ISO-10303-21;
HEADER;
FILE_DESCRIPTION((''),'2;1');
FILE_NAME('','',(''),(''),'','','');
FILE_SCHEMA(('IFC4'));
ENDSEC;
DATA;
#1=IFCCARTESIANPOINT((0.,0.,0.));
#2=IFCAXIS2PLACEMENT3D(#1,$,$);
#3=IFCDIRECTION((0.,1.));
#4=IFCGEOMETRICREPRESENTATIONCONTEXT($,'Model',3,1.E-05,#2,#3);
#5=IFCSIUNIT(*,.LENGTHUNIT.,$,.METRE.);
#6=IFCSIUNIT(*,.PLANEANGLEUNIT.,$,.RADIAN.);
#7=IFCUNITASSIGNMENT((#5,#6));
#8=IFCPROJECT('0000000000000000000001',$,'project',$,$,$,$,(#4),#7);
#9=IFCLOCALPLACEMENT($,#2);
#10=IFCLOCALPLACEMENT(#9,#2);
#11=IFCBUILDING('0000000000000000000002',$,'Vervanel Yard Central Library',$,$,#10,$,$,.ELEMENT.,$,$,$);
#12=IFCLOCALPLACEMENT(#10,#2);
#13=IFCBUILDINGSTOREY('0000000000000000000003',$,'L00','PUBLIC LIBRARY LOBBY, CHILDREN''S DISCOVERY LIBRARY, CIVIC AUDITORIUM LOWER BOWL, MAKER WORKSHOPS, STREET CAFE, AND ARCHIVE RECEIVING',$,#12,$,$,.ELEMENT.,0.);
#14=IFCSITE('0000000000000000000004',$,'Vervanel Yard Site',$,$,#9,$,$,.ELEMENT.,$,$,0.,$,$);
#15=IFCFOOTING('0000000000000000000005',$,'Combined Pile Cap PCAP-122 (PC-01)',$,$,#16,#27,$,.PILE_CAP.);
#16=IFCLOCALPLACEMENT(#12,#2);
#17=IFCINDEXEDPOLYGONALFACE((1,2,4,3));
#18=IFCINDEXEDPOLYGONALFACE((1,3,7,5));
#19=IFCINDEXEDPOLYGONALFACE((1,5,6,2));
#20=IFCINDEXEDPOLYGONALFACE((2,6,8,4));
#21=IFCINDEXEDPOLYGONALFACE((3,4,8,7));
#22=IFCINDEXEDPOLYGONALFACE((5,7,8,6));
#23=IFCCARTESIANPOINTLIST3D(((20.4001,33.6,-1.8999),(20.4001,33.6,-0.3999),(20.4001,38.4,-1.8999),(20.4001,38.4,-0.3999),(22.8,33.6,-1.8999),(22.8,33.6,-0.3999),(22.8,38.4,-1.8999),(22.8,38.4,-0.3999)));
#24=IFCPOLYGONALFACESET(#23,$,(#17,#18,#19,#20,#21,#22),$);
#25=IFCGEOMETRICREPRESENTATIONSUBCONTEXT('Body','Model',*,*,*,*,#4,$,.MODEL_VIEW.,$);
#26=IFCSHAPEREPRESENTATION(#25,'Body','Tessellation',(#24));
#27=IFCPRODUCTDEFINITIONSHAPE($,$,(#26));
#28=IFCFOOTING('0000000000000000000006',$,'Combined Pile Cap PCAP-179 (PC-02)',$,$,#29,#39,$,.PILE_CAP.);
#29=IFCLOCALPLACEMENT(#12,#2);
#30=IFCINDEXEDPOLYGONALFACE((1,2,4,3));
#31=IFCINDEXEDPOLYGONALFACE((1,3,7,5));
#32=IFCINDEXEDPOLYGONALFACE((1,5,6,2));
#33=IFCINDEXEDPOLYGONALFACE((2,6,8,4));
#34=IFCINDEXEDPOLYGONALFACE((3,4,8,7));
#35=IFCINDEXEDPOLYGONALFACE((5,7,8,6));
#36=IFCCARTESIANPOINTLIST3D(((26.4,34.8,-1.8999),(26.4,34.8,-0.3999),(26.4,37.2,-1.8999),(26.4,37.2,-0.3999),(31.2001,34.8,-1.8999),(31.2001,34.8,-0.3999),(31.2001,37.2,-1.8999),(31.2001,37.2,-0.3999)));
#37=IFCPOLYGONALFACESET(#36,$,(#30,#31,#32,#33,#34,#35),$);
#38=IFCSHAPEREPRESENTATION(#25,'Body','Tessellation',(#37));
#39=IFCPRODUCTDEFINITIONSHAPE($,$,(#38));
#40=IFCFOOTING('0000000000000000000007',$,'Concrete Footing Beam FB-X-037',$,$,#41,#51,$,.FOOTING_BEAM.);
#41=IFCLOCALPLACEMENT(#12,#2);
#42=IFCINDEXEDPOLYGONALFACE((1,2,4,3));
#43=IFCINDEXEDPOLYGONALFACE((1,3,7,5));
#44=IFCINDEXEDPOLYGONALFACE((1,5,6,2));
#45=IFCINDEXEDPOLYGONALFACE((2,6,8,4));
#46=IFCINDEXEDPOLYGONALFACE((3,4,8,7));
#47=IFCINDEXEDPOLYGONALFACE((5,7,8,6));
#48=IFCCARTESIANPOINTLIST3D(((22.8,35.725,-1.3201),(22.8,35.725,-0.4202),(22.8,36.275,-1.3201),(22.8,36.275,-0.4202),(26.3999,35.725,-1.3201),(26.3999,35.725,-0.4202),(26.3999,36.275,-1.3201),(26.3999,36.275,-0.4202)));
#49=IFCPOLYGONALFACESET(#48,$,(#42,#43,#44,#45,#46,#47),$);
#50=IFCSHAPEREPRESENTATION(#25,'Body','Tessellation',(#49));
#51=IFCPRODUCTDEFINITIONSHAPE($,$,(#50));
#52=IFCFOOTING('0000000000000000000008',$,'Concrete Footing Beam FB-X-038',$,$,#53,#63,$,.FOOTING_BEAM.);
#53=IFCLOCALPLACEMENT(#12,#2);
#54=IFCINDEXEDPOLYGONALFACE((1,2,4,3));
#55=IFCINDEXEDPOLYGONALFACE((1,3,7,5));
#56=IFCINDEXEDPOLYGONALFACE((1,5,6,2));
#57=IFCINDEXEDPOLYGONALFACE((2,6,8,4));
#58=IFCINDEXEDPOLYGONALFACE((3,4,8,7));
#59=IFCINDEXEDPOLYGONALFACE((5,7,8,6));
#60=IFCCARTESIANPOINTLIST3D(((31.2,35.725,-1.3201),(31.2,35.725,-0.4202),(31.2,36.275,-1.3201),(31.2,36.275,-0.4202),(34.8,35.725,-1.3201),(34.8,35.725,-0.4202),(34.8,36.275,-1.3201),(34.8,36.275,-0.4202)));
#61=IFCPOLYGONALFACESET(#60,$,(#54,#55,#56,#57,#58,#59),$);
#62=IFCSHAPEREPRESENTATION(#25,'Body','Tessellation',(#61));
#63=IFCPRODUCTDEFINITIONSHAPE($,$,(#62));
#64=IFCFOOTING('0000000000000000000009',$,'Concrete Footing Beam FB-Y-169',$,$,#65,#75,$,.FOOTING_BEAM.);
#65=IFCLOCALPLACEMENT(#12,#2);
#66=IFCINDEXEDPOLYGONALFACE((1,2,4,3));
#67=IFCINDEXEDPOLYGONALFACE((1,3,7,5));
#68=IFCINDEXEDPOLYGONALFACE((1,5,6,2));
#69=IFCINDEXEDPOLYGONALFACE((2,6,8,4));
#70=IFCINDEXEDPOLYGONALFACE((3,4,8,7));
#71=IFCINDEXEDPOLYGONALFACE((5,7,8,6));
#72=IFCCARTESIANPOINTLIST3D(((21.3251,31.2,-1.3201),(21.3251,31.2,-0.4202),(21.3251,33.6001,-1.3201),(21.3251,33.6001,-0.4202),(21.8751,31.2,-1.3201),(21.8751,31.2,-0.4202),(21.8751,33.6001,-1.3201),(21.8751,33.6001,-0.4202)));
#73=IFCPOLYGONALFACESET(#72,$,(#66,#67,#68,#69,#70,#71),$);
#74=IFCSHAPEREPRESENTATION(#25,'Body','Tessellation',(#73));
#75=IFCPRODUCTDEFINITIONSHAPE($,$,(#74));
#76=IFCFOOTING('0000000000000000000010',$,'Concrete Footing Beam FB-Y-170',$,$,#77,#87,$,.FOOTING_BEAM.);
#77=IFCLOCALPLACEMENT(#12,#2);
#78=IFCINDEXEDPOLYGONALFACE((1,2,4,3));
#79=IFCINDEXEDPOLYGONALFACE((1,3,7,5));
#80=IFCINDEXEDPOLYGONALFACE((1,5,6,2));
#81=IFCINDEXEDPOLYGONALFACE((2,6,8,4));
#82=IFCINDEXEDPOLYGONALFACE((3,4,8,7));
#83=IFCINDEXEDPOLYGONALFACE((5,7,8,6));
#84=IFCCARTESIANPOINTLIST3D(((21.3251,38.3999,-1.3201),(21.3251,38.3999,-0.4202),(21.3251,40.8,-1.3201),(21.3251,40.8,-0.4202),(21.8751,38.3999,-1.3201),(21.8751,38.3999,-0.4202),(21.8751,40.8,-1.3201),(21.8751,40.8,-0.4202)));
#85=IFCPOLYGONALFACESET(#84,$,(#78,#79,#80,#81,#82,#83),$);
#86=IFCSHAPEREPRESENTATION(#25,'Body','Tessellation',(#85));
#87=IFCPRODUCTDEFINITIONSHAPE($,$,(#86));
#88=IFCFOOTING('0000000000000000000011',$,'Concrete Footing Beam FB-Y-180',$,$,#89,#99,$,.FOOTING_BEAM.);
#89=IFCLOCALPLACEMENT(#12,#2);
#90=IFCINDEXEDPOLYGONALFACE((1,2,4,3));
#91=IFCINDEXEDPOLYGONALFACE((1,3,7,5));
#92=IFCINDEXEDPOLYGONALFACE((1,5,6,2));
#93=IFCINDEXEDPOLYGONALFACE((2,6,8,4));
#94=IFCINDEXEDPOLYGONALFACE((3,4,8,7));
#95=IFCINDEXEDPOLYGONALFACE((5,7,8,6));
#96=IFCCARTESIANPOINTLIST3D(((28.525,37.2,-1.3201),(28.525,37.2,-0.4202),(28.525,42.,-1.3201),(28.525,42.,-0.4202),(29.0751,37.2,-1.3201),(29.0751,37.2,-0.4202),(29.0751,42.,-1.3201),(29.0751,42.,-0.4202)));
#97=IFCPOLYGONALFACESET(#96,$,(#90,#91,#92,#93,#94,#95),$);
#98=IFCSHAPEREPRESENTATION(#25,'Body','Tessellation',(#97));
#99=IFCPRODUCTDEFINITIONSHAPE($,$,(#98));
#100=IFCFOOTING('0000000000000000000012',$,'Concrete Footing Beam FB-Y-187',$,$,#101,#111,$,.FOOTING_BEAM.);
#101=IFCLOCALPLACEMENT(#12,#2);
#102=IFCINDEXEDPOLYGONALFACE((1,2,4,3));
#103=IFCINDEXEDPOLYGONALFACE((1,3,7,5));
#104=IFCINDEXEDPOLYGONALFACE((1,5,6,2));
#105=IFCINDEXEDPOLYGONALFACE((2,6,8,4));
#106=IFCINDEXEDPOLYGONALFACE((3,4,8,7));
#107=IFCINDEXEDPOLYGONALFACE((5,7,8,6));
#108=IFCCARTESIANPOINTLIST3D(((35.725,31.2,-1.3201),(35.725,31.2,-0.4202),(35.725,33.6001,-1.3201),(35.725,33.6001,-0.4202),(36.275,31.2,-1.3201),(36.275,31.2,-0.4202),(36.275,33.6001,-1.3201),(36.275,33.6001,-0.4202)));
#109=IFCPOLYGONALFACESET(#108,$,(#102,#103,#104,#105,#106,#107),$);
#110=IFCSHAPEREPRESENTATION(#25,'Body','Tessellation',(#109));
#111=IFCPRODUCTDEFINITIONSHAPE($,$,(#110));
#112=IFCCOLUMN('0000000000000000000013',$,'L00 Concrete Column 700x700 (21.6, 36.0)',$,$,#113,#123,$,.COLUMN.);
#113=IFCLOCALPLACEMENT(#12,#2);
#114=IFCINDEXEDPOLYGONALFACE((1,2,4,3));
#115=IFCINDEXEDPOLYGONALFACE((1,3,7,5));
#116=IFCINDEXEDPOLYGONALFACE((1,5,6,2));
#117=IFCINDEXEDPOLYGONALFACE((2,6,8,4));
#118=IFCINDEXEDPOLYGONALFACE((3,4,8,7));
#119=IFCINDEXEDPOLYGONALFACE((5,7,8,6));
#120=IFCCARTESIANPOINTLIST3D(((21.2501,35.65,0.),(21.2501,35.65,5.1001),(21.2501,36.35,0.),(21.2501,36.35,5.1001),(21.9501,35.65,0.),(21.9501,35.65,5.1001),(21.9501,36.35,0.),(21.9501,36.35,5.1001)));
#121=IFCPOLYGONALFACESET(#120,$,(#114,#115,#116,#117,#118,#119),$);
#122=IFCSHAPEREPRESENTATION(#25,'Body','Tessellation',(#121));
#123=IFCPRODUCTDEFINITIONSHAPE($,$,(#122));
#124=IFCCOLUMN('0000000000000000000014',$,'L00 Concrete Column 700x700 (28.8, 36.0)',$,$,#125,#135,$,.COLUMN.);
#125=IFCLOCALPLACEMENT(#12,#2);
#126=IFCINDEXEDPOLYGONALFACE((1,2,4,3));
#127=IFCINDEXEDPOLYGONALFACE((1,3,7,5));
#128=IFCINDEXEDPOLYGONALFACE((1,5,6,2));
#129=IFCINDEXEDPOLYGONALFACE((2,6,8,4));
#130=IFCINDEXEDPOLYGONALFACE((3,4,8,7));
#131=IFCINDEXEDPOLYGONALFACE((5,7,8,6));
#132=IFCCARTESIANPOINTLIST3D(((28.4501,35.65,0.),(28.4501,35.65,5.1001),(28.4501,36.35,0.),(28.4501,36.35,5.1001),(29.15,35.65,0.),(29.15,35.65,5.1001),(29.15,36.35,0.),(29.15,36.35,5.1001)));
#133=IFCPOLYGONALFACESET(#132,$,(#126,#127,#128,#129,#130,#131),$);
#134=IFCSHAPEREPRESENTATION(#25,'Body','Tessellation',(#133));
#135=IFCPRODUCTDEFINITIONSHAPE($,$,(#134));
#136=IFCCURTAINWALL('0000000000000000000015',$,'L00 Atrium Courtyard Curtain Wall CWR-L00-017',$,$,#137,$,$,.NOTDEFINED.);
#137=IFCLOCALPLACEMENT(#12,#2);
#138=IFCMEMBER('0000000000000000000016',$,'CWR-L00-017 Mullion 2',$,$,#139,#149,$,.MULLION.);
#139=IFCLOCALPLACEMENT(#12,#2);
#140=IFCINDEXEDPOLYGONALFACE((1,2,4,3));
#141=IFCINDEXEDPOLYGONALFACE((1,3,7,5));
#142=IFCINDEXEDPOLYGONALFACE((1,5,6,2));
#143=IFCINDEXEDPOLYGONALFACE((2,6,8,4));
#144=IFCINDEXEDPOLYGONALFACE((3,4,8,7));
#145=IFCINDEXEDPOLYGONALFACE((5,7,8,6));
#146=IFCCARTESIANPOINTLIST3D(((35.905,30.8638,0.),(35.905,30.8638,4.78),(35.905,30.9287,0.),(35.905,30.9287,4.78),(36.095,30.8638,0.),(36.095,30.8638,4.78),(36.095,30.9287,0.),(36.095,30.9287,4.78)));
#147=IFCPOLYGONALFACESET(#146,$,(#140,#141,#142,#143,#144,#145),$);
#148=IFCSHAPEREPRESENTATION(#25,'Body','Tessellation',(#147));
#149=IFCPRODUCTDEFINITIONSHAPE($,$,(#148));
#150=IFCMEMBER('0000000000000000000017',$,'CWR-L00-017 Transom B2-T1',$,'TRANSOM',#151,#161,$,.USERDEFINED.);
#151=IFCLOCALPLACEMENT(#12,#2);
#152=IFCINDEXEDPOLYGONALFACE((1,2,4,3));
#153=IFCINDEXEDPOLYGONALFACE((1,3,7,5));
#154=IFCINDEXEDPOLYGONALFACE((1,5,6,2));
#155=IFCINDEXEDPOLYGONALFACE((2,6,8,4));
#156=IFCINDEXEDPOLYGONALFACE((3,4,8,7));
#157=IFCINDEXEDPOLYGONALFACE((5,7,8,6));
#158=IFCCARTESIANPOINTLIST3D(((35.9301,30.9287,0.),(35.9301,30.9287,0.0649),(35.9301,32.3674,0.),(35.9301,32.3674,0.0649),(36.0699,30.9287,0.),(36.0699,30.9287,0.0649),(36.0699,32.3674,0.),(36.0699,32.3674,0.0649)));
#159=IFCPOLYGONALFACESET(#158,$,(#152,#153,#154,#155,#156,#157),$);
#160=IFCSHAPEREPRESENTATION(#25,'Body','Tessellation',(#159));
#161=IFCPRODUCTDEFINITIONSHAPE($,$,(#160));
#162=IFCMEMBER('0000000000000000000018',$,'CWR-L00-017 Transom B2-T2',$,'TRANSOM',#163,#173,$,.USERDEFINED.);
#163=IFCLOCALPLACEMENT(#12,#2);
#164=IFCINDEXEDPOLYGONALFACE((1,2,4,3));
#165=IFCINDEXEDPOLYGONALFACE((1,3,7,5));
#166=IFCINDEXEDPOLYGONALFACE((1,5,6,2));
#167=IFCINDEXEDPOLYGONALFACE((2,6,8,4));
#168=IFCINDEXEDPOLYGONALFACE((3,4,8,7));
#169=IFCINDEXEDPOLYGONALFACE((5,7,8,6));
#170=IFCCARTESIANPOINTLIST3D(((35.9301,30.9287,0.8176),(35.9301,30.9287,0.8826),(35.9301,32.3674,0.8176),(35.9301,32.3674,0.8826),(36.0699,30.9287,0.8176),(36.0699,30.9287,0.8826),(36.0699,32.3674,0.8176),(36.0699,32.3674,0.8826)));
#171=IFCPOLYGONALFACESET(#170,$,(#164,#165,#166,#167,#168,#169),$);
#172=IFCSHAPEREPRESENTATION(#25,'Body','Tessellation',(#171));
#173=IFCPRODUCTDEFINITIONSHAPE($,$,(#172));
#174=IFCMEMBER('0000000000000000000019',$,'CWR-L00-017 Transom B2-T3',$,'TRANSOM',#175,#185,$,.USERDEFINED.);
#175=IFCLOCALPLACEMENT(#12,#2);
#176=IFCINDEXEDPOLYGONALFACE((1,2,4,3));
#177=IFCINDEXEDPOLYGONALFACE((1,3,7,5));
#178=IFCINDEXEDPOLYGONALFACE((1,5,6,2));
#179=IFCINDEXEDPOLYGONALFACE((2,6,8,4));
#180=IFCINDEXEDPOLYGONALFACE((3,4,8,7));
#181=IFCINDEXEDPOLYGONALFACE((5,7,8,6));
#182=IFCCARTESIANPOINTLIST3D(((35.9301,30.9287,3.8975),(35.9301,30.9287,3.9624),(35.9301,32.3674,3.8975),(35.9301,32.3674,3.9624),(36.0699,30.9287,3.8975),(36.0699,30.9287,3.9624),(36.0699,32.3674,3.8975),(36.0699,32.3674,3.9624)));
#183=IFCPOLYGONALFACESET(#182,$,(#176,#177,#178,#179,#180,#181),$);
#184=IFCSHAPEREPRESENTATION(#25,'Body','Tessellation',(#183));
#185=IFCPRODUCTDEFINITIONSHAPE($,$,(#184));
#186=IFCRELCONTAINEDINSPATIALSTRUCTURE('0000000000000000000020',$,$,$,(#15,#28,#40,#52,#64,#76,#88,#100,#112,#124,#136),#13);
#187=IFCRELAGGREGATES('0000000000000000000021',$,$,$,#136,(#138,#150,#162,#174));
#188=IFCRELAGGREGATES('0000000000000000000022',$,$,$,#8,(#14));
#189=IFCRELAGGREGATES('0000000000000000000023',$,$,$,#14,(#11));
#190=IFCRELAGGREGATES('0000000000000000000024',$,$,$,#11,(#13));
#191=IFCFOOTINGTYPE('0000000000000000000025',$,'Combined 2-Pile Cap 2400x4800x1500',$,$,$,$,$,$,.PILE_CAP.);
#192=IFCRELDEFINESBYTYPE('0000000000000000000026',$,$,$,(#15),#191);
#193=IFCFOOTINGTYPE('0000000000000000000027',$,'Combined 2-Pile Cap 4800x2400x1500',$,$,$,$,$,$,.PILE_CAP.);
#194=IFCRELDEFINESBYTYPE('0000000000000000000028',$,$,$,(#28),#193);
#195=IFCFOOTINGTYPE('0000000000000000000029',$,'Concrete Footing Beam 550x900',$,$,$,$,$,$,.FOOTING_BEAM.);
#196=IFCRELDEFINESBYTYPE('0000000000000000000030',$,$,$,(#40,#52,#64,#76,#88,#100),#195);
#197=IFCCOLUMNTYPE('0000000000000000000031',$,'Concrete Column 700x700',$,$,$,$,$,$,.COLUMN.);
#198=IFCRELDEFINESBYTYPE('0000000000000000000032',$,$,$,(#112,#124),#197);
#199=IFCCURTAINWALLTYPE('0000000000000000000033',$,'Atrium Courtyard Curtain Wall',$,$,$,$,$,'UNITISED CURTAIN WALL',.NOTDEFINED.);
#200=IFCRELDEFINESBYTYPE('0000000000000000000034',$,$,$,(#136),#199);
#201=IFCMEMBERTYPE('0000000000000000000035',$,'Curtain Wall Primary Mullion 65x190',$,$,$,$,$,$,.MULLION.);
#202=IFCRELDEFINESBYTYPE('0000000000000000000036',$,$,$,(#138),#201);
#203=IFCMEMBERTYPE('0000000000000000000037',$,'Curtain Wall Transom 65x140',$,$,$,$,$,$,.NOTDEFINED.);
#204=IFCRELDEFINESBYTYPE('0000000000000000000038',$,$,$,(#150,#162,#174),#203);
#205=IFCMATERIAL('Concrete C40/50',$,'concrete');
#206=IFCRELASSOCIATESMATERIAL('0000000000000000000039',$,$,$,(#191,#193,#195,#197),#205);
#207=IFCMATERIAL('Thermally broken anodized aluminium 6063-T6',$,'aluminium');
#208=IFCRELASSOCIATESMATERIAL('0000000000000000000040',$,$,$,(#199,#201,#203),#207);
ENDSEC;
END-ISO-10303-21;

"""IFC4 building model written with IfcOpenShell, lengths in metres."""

from ifc_helpers import new_model, si_unit, direction, frame, origin, origin_2d, place, context, subcontext, project, spatial, rectangle, extrude, material, material_profile, profile_set, type_object, element, aggregate, save


model = new_model("IFC4")

# Units and contexts
model_context = context("Model", 3, precision=1e-05, world=origin(), true_north=direction((0.0, 1.0)))
body_context = subcontext(model_context, "Body", "Model", "MODEL_VIEW")
ifc_project = project(units=[si_unit("LENGTHUNIT", "METRE"), si_unit("PLANEANGLEUNIT", "RADIAN")], contexts=[model_context])

# Site, building, storey
site_placement = place(None, origin())
site = spatial("IfcSite", under=ifc_project, at=site_placement, Name="Vervanel Yard Site", CompositionType="ELEMENT", RefElevation=0.0)
building_placement = place(site_placement, origin())
building = spatial("IfcBuilding", under=site, at=building_placement, Name="Vervanel Yard Central Library", CompositionType="ELEMENT")
storey_placement = place(building_placement, origin())
storey = spatial("IfcBuildingStorey", under=building, at=storey_placement, Name="L00", Description="PUBLIC LIBRARY LOBBY, CHILDREN'S DISCOVERY LIBRARY, CIVIC AUDITORIUM LOWER BOWL, MAKER WORKSHOPS, STREET CAFE, AND ARCHIVE RECEIVING", CompositionType="ELEMENT", Elevation=0.0)

# Shared definitions
ifc_material_1 = material(Name="Concrete C40/50", Category="concrete")

# Footings
footing_type_1 = type_object("IfcFootingType", Name="Combined 2-Pile Cap 2400x4800x1500", PredefinedType="PILE_CAP", material=ifc_material_1)
footing_1_placement = place(storey_placement, frame((21.6001, 36.0, -1.8999), z_axis=(0.0, 0.0, 1.0), x_axis=(1.0, 0.0, 0.0)))
element("IfcFooting", 1, at=footing_1_placement, inside=storey, type_object=footing_type_1, Name="Combined Pile Cap PCAP-122 (PC-01)", PredefinedType="PILE_CAP", context=body_context, shape_type="SweptSolid", body=[
    extrude(rectangle(XDim=2.3999, YDim=4.8, at=origin_2d()), origin(), (0.0, 0.0, 1.0), 1.5),
])
footing_type_2 = type_object("IfcFootingType", Name="Combined 2-Pile Cap 4800x2400x1500", PredefinedType="PILE_CAP", material=ifc_material_1)
footing_2_placement = place(storey_placement, frame((28.8, 36.0, -1.8999), z_axis=(0.0, 0.0, 1.0), x_axis=(1.0, 0.0, 0.0)))
element("IfcFooting", 2, at=footing_2_placement, inside=storey, type_object=footing_type_2, Name="Combined Pile Cap PCAP-179 (PC-02)", PredefinedType="PILE_CAP", context=body_context, shape_type="SweptSolid", body=[
    extrude(rectangle(XDim=4.8, YDim=2.3999, at=origin_2d()), origin(), (0.0, 0.0, 1.0), 1.5),
])
ifc_material_profile_1 = material_profile(ifc_material_1, rectangle(XDim=0.55, YDim=0.8999, at=origin_2d()), Name="RC 550x900", Category="concrete")
ifc_profile_set_1 = profile_set([ifc_material_profile_1], Name="Concrete C40/50")
footing_type_3 = type_object("IfcFootingType", Name="Concrete Footing Beam 550x900", PredefinedType="FOOTING_BEAM", material=ifc_profile_set_1)
footing_3_placement = place(storey_placement, frame((22.8, 36.0, -0.8701), z_axis=(1.0, 0.0, 0.0), x_axis=(0.0, 1.0, 0.0)))
element("IfcFooting", 3, at=footing_3_placement, inside=storey, type_object=footing_type_3, Name="Concrete Footing Beam FB-X-037", PredefinedType="FOOTING_BEAM", context=body_context, shape_type="SweptSolid", body=[
    extrude(rectangle(XDim=0.55, YDim=0.8999, at=origin_2d()), origin(), (0.0, 0.0, 1.0), 3.5999),
])
footing_4_placement = place(storey_placement, frame((31.2, 36.0, -0.8701), z_axis=(1.0, 0.0, 0.0), x_axis=(0.0, 1.0, 0.0)))
element("IfcFooting", 4, at=footing_4_placement, inside=storey, type_object=footing_type_3, Name="Concrete Footing Beam FB-X-038", PredefinedType="FOOTING_BEAM", context=body_context, shape_type="SweptSolid", body=[
    extrude(rectangle(XDim=0.55, YDim=0.8999, at=origin_2d()), origin(), (0.0, 0.0, 1.0), 3.6001),
])
for number, where, z_axis, x_axis, name in (
    (5, (21.6001, 31.2, -0.8701), (0.0, 1.0, 0.0), (-1.0, 0.0, 0.0), "Concrete Footing Beam FB-Y-169"),
    (6, (21.6001, 38.3999, -0.8701), (0.0, 1.0, 0.0), (-1.0, 0.0, 0.0), "Concrete Footing Beam FB-Y-170"),
):
    element("IfcFooting", number, at=place(storey_placement, frame(where, z_axis=z_axis, x_axis=x_axis)), inside=storey, type_object=footing_type_3, Name=name, PredefinedType="FOOTING_BEAM", context=body_context, shape_type="SweptSolid", body=[
        extrude(rectangle(XDim=0.55, YDim=0.8999, at=origin_2d()), origin(), (0.0, 0.0, 1.0), 2.4001),
    ])
footing_5_placement = place(storey_placement, frame((28.8, 37.2, -0.8701), z_axis=(0.0, 1.0, 0.0), x_axis=(-1.0, 0.0, 0.0)))
element("IfcFooting", 7, at=footing_5_placement, inside=storey, type_object=footing_type_3, Name="Concrete Footing Beam FB-Y-180", PredefinedType="FOOTING_BEAM", context=body_context, shape_type="SweptSolid", body=[
    extrude(rectangle(XDim=0.55, YDim=0.8999, at=origin_2d()), origin(), (0.0, 0.0, 1.0), 4.8),
])
footing_6_placement = place(storey_placement, frame((36.0, 31.2, -0.8701), z_axis=(0.0, 1.0, 0.0), x_axis=(-1.0, 0.0, 0.0)))
element("IfcFooting", 8, at=footing_6_placement, inside=storey, type_object=footing_type_3, Name="Concrete Footing Beam FB-Y-187", PredefinedType="FOOTING_BEAM", context=body_context, shape_type="SweptSolid", body=[
    extrude(rectangle(XDim=0.55, YDim=0.8999, at=origin_2d()), origin(), (0.0, 0.0, 1.0), 2.4001),
])

# Columns
ifc_material_profile_2 = material_profile(ifc_material_1, rectangle(XDim=0.7, YDim=0.7, at=origin_2d()), Name="RC 700x700", Category="concrete")
ifc_profile_set_2 = profile_set([ifc_material_profile_2], Name="Concrete C40/50")
column_type = type_object("IfcColumnType", Name="Concrete Column 700x700", PredefinedType="COLUMN", material=ifc_profile_set_2)
for number, where, z_axis, x_axis, name in (
    (9, (21.6001, 36.0, 0.0), (0.0, 0.0, 1.0), (1.0, 0.0, 0.0), "L00 Concrete Column 700x700 (21.6, 36.0)"),
    (10, (28.8, 36.0, 0.0), (0.0, 0.0, 1.0), (1.0, 0.0, 0.0), "L00 Concrete Column 700x700 (28.8, 36.0)"),
):
    element("IfcColumn", number, at=place(storey_placement, frame(where, z_axis=z_axis, x_axis=x_axis)), inside=storey, type_object=column_type, Name=name, PredefinedType="COLUMN", context=body_context, shape_type="SweptSolid", body=[
        extrude(rectangle(XDim=0.7, YDim=0.7, at=origin_2d()), origin(), (0.0, 0.0, 1.0), 5.1001),
    ])

# Curtain wall, members
ifc_material_2 = material(Name="Thermally broken anodized aluminium 6063-T6", Category="aluminium")
curtain_wall_type = type_object("IfcCurtainWallType", Name="Atrium Courtyard Curtain Wall", ElementType="UNITISED CURTAIN WALL", PredefinedType="NOTDEFINED", material=ifc_material_2)
curtain_wall_placement = place(storey_placement, origin())
curtain_wall = element("IfcCurtainWall", 11, at=curtain_wall_placement, inside=storey, type_object=curtain_wall_type, Name="L00 Atrium Courtyard Curtain Wall CWR-L00-017", PredefinedType="NOTDEFINED")
ifc_material_profile_3 = material_profile(ifc_material_2, rectangle(XDim=0.0649, YDim=0.1899, at=origin_2d()), Name="ALU 65x190", Category="aluminium")
ifc_profile_set_3 = profile_set([ifc_material_profile_3], Name="Thermally broken anodized aluminium 6063-T6")
member_type_1 = type_object("IfcMemberType", Name="Curtain Wall Primary Mullion 65x190", PredefinedType="MULLION", material=ifc_profile_set_3)
member_1_placement = place(storey_placement, frame((36.0, 30.8962, 0.0), z_axis=(0.0, 0.0, 1.0), x_axis=(0.0, 1.0, 0.0)))
member_1 = element("IfcMember", 12, at=member_1_placement, type_object=member_type_1, Name="CWR-L00-017 Mullion 2", PredefinedType="MULLION", context=body_context, shape_type="SweptSolid", body=[
    extrude(rectangle(XDim=0.0649, YDim=0.1899, at=origin_2d()), origin(), (0.0, 0.0, 1.0), 4.78),
])
ifc_material_profile_4 = material_profile(ifc_material_2, rectangle(XDim=0.0649, YDim=0.1399, at=origin_2d()), Name="ALU 65x140", Category="aluminium")
ifc_profile_set_4 = profile_set([ifc_material_profile_4], Name="Thermally broken anodized aluminium 6063-T6")
member_type_2 = type_object("IfcMemberType", Name="Curtain Wall Transom 65x140", PredefinedType="NOTDEFINED", material=ifc_profile_set_4)
member_2_placement = place(storey_placement, frame((36.0, 30.9287, 0.0325), z_axis=(0.0, 1.0, 0.0), x_axis=(0.0, 0.0, 1.0)))
member_2 = element("IfcMember", 13, at=member_2_placement, type_object=member_type_2, Name="CWR-L00-017 Transom B2-T1", ObjectType="TRANSOM", PredefinedType="USERDEFINED", context=body_context, shape_type="SweptSolid", body=[
    extrude(rectangle(XDim=0.0649, YDim=0.1399, at=origin_2d()), origin(), (0.0, 0.0, 1.0), 1.4387),
])
member_3_placement = place(storey_placement, frame((36.0, 30.9287, 0.8501), z_axis=(0.0, 1.0, 0.0), x_axis=(0.0, 0.0, 1.0)))
member_3 = element("IfcMember", 14, at=member_3_placement, type_object=member_type_2, Name="CWR-L00-017 Transom B2-T2", ObjectType="TRANSOM", PredefinedType="USERDEFINED", context=body_context, shape_type="SweptSolid", body=[
    extrude(rectangle(XDim=0.0649, YDim=0.1399, at=origin_2d()), origin(), (0.0, 0.0, 1.0), 1.4387),
])
member_4_placement = place(storey_placement, frame((36.0, 30.9287, 3.9299), z_axis=(0.0, 1.0, 0.0), x_axis=(0.0, 0.0, 1.0)))
member_4 = element("IfcMember", 15, at=member_4_placement, type_object=member_type_2, Name="CWR-L00-017 Transom B2-T3", ObjectType="TRANSOM", PredefinedType="USERDEFINED", context=body_context, shape_type="SweptSolid", body=[
    extrude(rectangle(XDim=0.0649, YDim=0.1399, at=origin_2d()), origin(), (0.0, 0.0, 1.0), 1.4387),
])
aggregate(curtain_wall, [member_1, member_2, member_3, member_4])

save(model, "model.ifc")
